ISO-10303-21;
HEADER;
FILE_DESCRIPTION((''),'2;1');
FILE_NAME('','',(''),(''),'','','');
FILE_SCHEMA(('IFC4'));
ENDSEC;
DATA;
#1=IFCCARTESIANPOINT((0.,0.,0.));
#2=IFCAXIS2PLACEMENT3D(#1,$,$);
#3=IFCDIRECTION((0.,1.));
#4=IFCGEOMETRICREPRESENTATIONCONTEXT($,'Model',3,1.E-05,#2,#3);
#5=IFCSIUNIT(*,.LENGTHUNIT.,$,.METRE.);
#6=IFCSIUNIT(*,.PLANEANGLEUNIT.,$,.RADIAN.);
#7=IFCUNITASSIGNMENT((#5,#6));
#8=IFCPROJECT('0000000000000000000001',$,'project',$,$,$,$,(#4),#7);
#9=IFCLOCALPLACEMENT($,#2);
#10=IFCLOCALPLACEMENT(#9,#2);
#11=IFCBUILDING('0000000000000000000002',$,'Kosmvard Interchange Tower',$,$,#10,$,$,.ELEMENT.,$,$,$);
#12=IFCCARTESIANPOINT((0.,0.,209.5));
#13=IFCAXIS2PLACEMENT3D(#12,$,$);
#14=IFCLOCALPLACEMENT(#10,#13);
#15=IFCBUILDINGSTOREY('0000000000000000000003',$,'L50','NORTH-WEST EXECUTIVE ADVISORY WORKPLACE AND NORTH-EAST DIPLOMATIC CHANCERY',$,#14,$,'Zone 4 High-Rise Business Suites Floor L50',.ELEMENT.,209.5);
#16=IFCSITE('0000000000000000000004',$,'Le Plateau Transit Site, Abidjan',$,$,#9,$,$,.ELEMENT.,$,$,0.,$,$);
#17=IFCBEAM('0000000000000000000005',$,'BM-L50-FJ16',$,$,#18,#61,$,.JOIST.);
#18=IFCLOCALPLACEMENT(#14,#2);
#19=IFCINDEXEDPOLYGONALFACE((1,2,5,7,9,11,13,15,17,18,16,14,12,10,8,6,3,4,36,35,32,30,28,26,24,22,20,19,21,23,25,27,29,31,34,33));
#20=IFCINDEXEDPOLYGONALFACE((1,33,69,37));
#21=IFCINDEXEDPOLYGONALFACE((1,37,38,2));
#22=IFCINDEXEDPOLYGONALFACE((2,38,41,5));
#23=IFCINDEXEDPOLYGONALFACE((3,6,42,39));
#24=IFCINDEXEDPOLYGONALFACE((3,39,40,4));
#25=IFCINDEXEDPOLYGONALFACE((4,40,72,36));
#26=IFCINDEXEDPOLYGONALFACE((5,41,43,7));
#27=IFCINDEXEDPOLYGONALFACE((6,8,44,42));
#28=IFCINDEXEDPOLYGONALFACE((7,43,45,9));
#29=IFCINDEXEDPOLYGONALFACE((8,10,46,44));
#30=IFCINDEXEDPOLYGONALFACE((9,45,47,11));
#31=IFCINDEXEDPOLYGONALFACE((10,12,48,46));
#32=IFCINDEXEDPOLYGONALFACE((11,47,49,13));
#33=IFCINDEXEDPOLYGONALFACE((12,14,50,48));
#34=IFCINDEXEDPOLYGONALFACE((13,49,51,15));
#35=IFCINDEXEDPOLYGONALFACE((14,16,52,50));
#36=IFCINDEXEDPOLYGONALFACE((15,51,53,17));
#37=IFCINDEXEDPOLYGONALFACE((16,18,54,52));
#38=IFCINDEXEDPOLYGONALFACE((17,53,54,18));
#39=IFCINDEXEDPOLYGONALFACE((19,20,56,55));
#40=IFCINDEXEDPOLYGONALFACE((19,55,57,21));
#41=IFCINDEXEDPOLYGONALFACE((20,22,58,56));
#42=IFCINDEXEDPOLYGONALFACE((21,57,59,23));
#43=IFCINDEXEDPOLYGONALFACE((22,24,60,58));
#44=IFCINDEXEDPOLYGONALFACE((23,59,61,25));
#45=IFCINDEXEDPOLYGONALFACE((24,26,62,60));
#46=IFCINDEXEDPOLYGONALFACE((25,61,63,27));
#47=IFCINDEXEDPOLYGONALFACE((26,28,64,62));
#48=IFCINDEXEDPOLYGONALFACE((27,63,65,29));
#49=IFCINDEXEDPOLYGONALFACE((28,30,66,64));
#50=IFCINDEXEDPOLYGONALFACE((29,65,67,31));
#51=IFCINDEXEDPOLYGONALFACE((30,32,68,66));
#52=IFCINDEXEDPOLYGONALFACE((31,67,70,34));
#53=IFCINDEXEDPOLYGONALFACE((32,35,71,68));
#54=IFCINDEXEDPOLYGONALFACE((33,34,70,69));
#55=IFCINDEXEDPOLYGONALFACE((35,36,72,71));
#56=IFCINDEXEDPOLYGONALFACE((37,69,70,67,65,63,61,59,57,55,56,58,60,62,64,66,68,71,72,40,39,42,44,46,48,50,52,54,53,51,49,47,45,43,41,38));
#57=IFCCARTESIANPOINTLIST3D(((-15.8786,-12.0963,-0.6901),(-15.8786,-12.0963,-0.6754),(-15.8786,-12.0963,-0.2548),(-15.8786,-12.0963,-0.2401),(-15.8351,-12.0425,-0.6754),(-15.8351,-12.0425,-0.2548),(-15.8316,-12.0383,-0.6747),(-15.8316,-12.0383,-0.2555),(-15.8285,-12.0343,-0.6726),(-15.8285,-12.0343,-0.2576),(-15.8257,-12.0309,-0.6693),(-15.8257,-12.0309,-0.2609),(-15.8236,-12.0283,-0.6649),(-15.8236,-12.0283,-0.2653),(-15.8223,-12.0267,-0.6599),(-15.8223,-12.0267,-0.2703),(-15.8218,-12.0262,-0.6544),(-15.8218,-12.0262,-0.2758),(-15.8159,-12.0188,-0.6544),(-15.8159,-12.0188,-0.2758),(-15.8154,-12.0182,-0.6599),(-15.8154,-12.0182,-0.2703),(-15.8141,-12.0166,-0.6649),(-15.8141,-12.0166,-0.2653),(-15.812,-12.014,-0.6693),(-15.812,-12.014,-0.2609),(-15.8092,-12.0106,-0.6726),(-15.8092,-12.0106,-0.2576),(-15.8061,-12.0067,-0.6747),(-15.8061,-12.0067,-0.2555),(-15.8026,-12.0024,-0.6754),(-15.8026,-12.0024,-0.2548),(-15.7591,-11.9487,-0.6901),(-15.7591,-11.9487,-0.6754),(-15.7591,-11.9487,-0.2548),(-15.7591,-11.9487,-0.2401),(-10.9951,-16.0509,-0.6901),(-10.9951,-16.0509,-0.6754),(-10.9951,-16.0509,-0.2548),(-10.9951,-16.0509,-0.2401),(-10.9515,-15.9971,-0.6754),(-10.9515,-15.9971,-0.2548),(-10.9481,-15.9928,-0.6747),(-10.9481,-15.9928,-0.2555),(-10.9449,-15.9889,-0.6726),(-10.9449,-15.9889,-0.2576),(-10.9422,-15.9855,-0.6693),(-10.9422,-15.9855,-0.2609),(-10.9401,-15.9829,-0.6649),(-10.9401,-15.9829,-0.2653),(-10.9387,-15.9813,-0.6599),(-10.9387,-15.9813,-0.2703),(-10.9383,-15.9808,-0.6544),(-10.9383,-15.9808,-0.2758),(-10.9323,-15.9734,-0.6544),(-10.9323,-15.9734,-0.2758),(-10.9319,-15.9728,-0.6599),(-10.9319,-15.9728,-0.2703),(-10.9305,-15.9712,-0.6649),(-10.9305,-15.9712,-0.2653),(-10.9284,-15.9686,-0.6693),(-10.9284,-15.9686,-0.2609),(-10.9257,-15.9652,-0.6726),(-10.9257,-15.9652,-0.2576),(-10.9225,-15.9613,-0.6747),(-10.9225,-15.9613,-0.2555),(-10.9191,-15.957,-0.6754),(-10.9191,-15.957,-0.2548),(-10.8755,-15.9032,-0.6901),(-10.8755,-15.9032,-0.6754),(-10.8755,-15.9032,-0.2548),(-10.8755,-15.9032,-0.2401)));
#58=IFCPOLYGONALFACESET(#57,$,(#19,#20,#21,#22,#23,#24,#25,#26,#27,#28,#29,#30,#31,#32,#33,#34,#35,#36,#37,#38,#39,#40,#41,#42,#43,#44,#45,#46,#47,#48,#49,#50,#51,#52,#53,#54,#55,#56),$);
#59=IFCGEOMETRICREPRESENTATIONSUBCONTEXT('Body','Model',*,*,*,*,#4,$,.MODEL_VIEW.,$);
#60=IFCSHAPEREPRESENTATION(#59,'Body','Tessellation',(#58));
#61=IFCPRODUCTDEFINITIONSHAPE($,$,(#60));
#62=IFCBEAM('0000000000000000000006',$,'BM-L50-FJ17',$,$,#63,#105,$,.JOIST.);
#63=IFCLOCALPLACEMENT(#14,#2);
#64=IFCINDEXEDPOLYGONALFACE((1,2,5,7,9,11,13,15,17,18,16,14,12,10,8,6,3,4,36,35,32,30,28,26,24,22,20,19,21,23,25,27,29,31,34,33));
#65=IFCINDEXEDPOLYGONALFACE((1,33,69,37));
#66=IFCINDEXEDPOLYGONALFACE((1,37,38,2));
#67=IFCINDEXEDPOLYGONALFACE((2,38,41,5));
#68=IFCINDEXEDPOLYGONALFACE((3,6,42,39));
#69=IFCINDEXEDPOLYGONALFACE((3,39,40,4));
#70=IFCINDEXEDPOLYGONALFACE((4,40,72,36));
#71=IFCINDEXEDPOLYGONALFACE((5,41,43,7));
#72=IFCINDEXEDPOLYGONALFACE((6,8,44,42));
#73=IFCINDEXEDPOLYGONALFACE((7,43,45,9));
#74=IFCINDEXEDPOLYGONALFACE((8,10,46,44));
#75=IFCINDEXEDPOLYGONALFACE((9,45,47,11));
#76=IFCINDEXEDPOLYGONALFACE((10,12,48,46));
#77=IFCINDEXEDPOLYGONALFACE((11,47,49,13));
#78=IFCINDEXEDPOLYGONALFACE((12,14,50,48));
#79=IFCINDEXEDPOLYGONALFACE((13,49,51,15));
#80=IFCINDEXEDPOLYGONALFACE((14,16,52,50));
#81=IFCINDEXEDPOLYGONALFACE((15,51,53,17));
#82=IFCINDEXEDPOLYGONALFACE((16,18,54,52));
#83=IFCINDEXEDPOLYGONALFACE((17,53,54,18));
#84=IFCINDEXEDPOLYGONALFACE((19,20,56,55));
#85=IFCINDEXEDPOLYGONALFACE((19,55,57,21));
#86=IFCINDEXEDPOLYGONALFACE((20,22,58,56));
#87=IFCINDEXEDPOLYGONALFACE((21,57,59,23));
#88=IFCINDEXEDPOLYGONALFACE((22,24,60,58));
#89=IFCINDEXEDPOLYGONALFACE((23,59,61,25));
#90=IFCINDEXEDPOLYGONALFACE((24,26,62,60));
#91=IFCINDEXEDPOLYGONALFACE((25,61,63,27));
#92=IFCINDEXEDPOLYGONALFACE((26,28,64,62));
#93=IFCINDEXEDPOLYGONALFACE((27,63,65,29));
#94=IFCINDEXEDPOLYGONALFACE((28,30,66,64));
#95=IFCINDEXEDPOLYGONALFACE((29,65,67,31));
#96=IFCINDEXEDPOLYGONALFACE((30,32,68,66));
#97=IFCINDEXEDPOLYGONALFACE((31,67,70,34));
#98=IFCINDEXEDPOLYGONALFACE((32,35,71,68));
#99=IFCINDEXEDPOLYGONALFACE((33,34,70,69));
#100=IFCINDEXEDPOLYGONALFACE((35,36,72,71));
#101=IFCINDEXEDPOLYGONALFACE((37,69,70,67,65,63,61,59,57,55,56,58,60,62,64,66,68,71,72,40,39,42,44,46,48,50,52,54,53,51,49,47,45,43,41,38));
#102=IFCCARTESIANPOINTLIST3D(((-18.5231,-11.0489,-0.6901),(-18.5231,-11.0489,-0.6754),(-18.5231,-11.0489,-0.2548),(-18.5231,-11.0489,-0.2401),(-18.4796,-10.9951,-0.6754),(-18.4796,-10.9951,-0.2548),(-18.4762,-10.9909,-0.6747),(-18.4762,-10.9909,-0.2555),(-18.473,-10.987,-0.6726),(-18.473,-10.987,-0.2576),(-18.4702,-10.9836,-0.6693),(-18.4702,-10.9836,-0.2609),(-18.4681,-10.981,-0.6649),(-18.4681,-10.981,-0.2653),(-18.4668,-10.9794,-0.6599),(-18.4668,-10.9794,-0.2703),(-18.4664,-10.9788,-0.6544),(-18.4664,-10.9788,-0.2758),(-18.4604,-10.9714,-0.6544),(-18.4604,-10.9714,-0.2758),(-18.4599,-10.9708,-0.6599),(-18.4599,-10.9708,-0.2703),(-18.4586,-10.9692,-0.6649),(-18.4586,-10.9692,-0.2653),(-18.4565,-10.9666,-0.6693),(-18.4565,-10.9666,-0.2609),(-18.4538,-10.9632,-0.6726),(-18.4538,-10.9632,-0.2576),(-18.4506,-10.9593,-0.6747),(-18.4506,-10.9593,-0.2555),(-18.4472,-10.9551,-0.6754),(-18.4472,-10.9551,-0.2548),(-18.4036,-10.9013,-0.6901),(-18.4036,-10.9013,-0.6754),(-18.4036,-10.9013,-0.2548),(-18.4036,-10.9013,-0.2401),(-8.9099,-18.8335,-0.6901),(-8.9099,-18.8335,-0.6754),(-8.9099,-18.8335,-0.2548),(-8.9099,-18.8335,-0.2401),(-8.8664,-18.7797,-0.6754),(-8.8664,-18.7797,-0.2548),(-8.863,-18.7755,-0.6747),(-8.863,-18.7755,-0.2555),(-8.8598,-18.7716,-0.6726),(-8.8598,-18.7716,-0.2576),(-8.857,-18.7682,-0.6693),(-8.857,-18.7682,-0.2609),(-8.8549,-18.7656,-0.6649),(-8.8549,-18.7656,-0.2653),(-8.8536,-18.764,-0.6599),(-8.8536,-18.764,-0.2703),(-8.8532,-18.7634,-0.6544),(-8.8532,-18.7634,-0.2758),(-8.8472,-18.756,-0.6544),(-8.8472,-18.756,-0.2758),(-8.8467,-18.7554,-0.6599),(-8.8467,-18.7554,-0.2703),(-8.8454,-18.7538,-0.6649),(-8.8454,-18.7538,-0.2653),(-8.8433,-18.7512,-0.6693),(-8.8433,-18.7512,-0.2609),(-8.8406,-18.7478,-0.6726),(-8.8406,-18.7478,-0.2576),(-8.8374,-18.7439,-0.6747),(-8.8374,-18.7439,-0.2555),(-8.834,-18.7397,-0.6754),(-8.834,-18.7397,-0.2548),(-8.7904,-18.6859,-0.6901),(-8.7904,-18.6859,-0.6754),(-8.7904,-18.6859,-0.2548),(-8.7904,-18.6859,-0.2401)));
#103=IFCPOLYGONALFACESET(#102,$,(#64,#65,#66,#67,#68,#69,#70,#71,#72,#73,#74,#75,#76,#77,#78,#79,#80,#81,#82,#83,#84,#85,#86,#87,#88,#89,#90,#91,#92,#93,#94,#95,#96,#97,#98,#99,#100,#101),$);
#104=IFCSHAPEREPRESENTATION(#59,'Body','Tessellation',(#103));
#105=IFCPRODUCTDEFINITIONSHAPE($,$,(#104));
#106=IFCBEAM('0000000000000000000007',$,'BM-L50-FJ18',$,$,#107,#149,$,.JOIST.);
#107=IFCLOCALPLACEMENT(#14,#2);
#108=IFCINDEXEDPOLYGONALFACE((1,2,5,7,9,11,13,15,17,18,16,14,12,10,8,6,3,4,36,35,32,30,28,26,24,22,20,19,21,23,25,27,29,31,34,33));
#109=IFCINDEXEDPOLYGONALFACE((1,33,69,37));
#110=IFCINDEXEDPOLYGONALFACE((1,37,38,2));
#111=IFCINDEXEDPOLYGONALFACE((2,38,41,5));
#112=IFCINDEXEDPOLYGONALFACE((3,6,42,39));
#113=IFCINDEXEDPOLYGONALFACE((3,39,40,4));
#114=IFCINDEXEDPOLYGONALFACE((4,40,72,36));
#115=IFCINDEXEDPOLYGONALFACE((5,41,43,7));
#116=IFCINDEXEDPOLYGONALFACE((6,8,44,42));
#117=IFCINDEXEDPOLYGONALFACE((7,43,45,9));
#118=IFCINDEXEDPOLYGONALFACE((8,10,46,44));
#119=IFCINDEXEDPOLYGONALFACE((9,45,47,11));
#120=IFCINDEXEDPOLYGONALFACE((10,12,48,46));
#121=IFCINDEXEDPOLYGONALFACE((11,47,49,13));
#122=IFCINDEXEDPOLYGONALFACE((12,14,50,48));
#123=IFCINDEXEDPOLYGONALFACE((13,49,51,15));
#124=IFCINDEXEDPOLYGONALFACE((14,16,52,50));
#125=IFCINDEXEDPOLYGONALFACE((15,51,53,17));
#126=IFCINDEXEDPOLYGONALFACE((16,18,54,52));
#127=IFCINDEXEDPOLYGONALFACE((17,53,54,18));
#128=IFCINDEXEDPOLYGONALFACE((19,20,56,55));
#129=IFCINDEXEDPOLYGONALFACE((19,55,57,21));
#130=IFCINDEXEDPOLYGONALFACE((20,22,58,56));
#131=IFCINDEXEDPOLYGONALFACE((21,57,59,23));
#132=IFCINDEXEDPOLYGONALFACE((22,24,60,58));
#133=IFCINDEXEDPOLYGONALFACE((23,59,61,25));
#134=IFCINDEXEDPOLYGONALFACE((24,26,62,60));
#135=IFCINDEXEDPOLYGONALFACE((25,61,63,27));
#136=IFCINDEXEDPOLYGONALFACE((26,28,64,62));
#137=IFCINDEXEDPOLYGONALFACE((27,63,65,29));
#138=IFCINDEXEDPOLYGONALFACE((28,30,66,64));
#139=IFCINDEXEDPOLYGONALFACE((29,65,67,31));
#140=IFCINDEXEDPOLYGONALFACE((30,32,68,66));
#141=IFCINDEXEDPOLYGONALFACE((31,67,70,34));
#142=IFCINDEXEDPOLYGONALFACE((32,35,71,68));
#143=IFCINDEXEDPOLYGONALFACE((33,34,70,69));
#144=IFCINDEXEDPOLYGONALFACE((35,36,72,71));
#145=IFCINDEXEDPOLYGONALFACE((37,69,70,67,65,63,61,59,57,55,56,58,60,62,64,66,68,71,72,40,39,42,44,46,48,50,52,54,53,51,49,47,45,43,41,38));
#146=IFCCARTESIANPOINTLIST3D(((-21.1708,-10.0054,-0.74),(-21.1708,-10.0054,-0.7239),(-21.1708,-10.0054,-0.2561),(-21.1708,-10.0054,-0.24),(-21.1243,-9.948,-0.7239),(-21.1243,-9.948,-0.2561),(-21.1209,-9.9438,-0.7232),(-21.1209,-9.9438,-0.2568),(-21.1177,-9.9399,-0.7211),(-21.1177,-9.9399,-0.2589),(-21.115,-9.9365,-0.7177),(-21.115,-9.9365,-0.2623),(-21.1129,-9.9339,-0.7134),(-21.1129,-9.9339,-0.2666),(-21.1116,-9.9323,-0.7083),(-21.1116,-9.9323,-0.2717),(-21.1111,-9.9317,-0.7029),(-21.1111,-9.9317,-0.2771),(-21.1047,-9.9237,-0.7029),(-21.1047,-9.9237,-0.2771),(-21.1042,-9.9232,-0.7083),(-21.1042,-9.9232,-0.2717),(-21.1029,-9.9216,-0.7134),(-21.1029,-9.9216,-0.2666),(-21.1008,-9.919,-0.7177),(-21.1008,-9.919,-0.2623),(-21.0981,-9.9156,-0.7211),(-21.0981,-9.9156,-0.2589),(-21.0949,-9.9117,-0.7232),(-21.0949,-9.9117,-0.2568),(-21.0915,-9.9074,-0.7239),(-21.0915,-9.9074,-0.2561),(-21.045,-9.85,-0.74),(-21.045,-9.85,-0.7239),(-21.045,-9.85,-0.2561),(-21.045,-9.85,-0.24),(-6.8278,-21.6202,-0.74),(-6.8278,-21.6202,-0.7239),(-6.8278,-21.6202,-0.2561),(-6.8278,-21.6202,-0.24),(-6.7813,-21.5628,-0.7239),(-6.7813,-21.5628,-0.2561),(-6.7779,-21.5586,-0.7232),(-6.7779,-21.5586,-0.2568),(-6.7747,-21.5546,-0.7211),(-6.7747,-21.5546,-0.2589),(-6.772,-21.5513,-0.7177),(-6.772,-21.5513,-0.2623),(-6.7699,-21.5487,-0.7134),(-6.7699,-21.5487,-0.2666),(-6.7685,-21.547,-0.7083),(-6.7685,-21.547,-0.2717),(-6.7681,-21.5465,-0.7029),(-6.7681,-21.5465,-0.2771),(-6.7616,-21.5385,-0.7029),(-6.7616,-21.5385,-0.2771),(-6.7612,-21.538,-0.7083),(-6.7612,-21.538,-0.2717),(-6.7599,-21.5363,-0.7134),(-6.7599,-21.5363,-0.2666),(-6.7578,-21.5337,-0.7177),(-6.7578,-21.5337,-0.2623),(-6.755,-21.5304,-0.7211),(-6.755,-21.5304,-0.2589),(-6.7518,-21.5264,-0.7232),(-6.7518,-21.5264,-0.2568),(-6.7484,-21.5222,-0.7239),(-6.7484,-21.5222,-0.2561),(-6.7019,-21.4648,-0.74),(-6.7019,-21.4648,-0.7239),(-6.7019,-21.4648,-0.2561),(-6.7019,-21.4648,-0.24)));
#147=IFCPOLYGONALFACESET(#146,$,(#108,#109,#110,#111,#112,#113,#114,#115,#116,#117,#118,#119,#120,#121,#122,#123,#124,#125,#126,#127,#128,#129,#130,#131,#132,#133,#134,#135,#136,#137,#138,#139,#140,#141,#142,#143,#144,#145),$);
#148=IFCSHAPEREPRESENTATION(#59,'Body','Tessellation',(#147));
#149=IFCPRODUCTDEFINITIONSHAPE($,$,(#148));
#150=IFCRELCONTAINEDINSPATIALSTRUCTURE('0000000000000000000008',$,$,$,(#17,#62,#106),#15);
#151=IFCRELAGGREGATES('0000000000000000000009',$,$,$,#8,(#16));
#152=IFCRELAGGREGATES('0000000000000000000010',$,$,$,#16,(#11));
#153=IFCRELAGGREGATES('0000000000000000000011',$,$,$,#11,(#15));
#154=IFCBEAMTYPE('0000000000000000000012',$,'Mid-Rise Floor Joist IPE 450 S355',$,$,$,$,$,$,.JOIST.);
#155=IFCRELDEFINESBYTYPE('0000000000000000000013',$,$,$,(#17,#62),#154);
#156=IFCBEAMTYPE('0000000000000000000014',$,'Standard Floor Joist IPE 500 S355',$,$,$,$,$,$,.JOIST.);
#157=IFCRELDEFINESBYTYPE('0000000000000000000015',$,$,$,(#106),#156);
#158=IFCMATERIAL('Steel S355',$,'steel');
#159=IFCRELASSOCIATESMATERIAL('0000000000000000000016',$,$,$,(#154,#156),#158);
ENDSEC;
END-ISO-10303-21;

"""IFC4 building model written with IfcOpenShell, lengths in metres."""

from ifc_helpers import new_model, si_unit, direction, frame, origin, origin_2d, place, context, subcontext, project, spatial, i_section, extrude, source, transform, mapped, material, material_profile, profile_set, type_object, element, save


model = new_model("IFC4")

# Units and contexts
model_context = context("Model", 3, precision=1e-05, world=origin(), true_north=direction((0.0, 1.0)))
body_context = subcontext(model_context, "Body", "Model", "MODEL_VIEW")
ifc_project = project(units=[si_unit("LENGTHUNIT", "METRE"), si_unit("PLANEANGLEUNIT", "RADIAN")], contexts=[model_context])

# Site, building, storey
site_placement = place(None, origin())
site = spatial("IfcSite", under=ifc_project, at=site_placement, Name="Le Plateau Transit Site, Abidjan", CompositionType="ELEMENT", RefElevation=0.0)
building_placement = place(site_placement, origin())
building = spatial("IfcBuilding", under=site, at=building_placement, Name="Kosmvard Interchange Tower", CompositionType="ELEMENT")
storey_placement = place(building_placement, frame((0.0, 0.0, 209.5)))
storey = spatial("IfcBuildingStorey", under=building, at=storey_placement, Name="L50", Description="NORTH-WEST EXECUTIVE ADVISORY WORKPLACE AND NORTH-EAST DIPLOMATIC CHANCERY", LongName="Zone 4 High-Rise Business Suites Floor L50", CompositionType="ELEMENT", Elevation=209.5)

# Beams
ifc_material_1 = material(Name="Steel S355", Category="steel")
ifc_material_profile_1 = material_profile(ifc_material_1, i_section(OverallWidth=0.1899, OverallDepth=0.45, WebThickness=0.0095, FlangeThickness=0.0146, FilletRadius=0.021, at=origin_2d()), Name="IPE 450")
ifc_profile_set_1 = profile_set([ifc_material_profile_1], Name="Steel S355")
beam_type_1 = type_object("IfcBeamType", Name="Mid-Rise Floor Joist IPE 450 S355", PredefinedType="JOIST", material=ifc_profile_set_1)
shared_shape_1 = source(origin(), body_context, "Body", "SweptSolid", [
    extrude(i_section(OverallWidth=0.1899, OverallDepth=0.45, WebThickness=0.0095, FlangeThickness=0.0146, FilletRadius=0.021, at=origin_2d()), origin(), (0.0, 0.0, 1.0), 6.2839),
])
beam_1_placement = place(storey_placement, frame((-15.8188, -12.0225, -0.4651), z_axis=(0.777148, -0.629318, 0.0), x_axis=(0.629318, 0.777148, 0.0)))
element("IfcBeam", 1, at=beam_1_placement, inside=storey, type_object=beam_type_1, Name="BM-L50-FJ16", PredefinedType="JOIST", context=body_context, shape_type="MappedRepresentation", body=[
    mapped(shared_shape_1, transform((0.0, 0.0, 0.0), scale=1.0)),
])
shared_shape_2 = source(origin(), body_context, "Body", "SweptSolid", [
    extrude(i_section(OverallWidth=0.1899, OverallDepth=0.45, WebThickness=0.0095, FlangeThickness=0.0146, FilletRadius=0.021, at=origin_2d()), origin(), (0.0, 0.0, 1.0), 12.3699),
])
beam_2_placement = place(storey_placement, frame((-18.4634, -10.9751, -0.4651), z_axis=(0.777147, -0.62932, 0.0), x_axis=(0.62932, 0.777147, 0.0)))
element("IfcBeam", 2, at=beam_2_placement, inside=storey, type_object=beam_type_1, Name="BM-L50-FJ17", PredefinedType="JOIST", context=body_context, shape_type="MappedRepresentation", body=[
    mapped(shared_shape_2, transform((0.0, 0.0, 0.0), scale=1.0)),
])
ifc_material_profile_2 = material_profile(ifc_material_1, i_section(OverallWidth=0.2, OverallDepth=0.5, WebThickness=0.0103, FlangeThickness=0.0161, FilletRadius=0.021, at=origin_2d()), Name="IPE 500")
ifc_profile_set_2 = profile_set([ifc_material_profile_2], Name="Steel S355")
beam_type_2 = type_object("IfcBeamType", Name="Standard Floor Joist IPE 500 S355", PredefinedType="JOIST", material=ifc_profile_set_2)
shared_shape_3 = source(origin(), body_context, "Body", "SweptSolid", [
    extrude(i_section(OverallWidth=0.2, OverallDepth=0.5, WebThickness=0.0103, FlangeThickness=0.0161, FilletRadius=0.021, at=origin_2d()), origin(), (0.0, 0.0, 1.0), 18.4561),
])
beam_3_placement = place(storey_placement, frame((-21.1079, -9.9277, -0.49), z_axis=(0.777146, -0.62932, 0.0), x_axis=(0.62932, 0.777146, 0.0)))
element("IfcBeam", 3, at=beam_3_placement, inside=storey, type_object=beam_type_2, Name="BM-L50-FJ18", PredefinedType="JOIST", context=body_context, shape_type="MappedRepresentation", body=[
    mapped(shared_shape_3, transform((0.0, 0.0, 0.0), scale=1.0)),
])

save(model, "model.ifc")
